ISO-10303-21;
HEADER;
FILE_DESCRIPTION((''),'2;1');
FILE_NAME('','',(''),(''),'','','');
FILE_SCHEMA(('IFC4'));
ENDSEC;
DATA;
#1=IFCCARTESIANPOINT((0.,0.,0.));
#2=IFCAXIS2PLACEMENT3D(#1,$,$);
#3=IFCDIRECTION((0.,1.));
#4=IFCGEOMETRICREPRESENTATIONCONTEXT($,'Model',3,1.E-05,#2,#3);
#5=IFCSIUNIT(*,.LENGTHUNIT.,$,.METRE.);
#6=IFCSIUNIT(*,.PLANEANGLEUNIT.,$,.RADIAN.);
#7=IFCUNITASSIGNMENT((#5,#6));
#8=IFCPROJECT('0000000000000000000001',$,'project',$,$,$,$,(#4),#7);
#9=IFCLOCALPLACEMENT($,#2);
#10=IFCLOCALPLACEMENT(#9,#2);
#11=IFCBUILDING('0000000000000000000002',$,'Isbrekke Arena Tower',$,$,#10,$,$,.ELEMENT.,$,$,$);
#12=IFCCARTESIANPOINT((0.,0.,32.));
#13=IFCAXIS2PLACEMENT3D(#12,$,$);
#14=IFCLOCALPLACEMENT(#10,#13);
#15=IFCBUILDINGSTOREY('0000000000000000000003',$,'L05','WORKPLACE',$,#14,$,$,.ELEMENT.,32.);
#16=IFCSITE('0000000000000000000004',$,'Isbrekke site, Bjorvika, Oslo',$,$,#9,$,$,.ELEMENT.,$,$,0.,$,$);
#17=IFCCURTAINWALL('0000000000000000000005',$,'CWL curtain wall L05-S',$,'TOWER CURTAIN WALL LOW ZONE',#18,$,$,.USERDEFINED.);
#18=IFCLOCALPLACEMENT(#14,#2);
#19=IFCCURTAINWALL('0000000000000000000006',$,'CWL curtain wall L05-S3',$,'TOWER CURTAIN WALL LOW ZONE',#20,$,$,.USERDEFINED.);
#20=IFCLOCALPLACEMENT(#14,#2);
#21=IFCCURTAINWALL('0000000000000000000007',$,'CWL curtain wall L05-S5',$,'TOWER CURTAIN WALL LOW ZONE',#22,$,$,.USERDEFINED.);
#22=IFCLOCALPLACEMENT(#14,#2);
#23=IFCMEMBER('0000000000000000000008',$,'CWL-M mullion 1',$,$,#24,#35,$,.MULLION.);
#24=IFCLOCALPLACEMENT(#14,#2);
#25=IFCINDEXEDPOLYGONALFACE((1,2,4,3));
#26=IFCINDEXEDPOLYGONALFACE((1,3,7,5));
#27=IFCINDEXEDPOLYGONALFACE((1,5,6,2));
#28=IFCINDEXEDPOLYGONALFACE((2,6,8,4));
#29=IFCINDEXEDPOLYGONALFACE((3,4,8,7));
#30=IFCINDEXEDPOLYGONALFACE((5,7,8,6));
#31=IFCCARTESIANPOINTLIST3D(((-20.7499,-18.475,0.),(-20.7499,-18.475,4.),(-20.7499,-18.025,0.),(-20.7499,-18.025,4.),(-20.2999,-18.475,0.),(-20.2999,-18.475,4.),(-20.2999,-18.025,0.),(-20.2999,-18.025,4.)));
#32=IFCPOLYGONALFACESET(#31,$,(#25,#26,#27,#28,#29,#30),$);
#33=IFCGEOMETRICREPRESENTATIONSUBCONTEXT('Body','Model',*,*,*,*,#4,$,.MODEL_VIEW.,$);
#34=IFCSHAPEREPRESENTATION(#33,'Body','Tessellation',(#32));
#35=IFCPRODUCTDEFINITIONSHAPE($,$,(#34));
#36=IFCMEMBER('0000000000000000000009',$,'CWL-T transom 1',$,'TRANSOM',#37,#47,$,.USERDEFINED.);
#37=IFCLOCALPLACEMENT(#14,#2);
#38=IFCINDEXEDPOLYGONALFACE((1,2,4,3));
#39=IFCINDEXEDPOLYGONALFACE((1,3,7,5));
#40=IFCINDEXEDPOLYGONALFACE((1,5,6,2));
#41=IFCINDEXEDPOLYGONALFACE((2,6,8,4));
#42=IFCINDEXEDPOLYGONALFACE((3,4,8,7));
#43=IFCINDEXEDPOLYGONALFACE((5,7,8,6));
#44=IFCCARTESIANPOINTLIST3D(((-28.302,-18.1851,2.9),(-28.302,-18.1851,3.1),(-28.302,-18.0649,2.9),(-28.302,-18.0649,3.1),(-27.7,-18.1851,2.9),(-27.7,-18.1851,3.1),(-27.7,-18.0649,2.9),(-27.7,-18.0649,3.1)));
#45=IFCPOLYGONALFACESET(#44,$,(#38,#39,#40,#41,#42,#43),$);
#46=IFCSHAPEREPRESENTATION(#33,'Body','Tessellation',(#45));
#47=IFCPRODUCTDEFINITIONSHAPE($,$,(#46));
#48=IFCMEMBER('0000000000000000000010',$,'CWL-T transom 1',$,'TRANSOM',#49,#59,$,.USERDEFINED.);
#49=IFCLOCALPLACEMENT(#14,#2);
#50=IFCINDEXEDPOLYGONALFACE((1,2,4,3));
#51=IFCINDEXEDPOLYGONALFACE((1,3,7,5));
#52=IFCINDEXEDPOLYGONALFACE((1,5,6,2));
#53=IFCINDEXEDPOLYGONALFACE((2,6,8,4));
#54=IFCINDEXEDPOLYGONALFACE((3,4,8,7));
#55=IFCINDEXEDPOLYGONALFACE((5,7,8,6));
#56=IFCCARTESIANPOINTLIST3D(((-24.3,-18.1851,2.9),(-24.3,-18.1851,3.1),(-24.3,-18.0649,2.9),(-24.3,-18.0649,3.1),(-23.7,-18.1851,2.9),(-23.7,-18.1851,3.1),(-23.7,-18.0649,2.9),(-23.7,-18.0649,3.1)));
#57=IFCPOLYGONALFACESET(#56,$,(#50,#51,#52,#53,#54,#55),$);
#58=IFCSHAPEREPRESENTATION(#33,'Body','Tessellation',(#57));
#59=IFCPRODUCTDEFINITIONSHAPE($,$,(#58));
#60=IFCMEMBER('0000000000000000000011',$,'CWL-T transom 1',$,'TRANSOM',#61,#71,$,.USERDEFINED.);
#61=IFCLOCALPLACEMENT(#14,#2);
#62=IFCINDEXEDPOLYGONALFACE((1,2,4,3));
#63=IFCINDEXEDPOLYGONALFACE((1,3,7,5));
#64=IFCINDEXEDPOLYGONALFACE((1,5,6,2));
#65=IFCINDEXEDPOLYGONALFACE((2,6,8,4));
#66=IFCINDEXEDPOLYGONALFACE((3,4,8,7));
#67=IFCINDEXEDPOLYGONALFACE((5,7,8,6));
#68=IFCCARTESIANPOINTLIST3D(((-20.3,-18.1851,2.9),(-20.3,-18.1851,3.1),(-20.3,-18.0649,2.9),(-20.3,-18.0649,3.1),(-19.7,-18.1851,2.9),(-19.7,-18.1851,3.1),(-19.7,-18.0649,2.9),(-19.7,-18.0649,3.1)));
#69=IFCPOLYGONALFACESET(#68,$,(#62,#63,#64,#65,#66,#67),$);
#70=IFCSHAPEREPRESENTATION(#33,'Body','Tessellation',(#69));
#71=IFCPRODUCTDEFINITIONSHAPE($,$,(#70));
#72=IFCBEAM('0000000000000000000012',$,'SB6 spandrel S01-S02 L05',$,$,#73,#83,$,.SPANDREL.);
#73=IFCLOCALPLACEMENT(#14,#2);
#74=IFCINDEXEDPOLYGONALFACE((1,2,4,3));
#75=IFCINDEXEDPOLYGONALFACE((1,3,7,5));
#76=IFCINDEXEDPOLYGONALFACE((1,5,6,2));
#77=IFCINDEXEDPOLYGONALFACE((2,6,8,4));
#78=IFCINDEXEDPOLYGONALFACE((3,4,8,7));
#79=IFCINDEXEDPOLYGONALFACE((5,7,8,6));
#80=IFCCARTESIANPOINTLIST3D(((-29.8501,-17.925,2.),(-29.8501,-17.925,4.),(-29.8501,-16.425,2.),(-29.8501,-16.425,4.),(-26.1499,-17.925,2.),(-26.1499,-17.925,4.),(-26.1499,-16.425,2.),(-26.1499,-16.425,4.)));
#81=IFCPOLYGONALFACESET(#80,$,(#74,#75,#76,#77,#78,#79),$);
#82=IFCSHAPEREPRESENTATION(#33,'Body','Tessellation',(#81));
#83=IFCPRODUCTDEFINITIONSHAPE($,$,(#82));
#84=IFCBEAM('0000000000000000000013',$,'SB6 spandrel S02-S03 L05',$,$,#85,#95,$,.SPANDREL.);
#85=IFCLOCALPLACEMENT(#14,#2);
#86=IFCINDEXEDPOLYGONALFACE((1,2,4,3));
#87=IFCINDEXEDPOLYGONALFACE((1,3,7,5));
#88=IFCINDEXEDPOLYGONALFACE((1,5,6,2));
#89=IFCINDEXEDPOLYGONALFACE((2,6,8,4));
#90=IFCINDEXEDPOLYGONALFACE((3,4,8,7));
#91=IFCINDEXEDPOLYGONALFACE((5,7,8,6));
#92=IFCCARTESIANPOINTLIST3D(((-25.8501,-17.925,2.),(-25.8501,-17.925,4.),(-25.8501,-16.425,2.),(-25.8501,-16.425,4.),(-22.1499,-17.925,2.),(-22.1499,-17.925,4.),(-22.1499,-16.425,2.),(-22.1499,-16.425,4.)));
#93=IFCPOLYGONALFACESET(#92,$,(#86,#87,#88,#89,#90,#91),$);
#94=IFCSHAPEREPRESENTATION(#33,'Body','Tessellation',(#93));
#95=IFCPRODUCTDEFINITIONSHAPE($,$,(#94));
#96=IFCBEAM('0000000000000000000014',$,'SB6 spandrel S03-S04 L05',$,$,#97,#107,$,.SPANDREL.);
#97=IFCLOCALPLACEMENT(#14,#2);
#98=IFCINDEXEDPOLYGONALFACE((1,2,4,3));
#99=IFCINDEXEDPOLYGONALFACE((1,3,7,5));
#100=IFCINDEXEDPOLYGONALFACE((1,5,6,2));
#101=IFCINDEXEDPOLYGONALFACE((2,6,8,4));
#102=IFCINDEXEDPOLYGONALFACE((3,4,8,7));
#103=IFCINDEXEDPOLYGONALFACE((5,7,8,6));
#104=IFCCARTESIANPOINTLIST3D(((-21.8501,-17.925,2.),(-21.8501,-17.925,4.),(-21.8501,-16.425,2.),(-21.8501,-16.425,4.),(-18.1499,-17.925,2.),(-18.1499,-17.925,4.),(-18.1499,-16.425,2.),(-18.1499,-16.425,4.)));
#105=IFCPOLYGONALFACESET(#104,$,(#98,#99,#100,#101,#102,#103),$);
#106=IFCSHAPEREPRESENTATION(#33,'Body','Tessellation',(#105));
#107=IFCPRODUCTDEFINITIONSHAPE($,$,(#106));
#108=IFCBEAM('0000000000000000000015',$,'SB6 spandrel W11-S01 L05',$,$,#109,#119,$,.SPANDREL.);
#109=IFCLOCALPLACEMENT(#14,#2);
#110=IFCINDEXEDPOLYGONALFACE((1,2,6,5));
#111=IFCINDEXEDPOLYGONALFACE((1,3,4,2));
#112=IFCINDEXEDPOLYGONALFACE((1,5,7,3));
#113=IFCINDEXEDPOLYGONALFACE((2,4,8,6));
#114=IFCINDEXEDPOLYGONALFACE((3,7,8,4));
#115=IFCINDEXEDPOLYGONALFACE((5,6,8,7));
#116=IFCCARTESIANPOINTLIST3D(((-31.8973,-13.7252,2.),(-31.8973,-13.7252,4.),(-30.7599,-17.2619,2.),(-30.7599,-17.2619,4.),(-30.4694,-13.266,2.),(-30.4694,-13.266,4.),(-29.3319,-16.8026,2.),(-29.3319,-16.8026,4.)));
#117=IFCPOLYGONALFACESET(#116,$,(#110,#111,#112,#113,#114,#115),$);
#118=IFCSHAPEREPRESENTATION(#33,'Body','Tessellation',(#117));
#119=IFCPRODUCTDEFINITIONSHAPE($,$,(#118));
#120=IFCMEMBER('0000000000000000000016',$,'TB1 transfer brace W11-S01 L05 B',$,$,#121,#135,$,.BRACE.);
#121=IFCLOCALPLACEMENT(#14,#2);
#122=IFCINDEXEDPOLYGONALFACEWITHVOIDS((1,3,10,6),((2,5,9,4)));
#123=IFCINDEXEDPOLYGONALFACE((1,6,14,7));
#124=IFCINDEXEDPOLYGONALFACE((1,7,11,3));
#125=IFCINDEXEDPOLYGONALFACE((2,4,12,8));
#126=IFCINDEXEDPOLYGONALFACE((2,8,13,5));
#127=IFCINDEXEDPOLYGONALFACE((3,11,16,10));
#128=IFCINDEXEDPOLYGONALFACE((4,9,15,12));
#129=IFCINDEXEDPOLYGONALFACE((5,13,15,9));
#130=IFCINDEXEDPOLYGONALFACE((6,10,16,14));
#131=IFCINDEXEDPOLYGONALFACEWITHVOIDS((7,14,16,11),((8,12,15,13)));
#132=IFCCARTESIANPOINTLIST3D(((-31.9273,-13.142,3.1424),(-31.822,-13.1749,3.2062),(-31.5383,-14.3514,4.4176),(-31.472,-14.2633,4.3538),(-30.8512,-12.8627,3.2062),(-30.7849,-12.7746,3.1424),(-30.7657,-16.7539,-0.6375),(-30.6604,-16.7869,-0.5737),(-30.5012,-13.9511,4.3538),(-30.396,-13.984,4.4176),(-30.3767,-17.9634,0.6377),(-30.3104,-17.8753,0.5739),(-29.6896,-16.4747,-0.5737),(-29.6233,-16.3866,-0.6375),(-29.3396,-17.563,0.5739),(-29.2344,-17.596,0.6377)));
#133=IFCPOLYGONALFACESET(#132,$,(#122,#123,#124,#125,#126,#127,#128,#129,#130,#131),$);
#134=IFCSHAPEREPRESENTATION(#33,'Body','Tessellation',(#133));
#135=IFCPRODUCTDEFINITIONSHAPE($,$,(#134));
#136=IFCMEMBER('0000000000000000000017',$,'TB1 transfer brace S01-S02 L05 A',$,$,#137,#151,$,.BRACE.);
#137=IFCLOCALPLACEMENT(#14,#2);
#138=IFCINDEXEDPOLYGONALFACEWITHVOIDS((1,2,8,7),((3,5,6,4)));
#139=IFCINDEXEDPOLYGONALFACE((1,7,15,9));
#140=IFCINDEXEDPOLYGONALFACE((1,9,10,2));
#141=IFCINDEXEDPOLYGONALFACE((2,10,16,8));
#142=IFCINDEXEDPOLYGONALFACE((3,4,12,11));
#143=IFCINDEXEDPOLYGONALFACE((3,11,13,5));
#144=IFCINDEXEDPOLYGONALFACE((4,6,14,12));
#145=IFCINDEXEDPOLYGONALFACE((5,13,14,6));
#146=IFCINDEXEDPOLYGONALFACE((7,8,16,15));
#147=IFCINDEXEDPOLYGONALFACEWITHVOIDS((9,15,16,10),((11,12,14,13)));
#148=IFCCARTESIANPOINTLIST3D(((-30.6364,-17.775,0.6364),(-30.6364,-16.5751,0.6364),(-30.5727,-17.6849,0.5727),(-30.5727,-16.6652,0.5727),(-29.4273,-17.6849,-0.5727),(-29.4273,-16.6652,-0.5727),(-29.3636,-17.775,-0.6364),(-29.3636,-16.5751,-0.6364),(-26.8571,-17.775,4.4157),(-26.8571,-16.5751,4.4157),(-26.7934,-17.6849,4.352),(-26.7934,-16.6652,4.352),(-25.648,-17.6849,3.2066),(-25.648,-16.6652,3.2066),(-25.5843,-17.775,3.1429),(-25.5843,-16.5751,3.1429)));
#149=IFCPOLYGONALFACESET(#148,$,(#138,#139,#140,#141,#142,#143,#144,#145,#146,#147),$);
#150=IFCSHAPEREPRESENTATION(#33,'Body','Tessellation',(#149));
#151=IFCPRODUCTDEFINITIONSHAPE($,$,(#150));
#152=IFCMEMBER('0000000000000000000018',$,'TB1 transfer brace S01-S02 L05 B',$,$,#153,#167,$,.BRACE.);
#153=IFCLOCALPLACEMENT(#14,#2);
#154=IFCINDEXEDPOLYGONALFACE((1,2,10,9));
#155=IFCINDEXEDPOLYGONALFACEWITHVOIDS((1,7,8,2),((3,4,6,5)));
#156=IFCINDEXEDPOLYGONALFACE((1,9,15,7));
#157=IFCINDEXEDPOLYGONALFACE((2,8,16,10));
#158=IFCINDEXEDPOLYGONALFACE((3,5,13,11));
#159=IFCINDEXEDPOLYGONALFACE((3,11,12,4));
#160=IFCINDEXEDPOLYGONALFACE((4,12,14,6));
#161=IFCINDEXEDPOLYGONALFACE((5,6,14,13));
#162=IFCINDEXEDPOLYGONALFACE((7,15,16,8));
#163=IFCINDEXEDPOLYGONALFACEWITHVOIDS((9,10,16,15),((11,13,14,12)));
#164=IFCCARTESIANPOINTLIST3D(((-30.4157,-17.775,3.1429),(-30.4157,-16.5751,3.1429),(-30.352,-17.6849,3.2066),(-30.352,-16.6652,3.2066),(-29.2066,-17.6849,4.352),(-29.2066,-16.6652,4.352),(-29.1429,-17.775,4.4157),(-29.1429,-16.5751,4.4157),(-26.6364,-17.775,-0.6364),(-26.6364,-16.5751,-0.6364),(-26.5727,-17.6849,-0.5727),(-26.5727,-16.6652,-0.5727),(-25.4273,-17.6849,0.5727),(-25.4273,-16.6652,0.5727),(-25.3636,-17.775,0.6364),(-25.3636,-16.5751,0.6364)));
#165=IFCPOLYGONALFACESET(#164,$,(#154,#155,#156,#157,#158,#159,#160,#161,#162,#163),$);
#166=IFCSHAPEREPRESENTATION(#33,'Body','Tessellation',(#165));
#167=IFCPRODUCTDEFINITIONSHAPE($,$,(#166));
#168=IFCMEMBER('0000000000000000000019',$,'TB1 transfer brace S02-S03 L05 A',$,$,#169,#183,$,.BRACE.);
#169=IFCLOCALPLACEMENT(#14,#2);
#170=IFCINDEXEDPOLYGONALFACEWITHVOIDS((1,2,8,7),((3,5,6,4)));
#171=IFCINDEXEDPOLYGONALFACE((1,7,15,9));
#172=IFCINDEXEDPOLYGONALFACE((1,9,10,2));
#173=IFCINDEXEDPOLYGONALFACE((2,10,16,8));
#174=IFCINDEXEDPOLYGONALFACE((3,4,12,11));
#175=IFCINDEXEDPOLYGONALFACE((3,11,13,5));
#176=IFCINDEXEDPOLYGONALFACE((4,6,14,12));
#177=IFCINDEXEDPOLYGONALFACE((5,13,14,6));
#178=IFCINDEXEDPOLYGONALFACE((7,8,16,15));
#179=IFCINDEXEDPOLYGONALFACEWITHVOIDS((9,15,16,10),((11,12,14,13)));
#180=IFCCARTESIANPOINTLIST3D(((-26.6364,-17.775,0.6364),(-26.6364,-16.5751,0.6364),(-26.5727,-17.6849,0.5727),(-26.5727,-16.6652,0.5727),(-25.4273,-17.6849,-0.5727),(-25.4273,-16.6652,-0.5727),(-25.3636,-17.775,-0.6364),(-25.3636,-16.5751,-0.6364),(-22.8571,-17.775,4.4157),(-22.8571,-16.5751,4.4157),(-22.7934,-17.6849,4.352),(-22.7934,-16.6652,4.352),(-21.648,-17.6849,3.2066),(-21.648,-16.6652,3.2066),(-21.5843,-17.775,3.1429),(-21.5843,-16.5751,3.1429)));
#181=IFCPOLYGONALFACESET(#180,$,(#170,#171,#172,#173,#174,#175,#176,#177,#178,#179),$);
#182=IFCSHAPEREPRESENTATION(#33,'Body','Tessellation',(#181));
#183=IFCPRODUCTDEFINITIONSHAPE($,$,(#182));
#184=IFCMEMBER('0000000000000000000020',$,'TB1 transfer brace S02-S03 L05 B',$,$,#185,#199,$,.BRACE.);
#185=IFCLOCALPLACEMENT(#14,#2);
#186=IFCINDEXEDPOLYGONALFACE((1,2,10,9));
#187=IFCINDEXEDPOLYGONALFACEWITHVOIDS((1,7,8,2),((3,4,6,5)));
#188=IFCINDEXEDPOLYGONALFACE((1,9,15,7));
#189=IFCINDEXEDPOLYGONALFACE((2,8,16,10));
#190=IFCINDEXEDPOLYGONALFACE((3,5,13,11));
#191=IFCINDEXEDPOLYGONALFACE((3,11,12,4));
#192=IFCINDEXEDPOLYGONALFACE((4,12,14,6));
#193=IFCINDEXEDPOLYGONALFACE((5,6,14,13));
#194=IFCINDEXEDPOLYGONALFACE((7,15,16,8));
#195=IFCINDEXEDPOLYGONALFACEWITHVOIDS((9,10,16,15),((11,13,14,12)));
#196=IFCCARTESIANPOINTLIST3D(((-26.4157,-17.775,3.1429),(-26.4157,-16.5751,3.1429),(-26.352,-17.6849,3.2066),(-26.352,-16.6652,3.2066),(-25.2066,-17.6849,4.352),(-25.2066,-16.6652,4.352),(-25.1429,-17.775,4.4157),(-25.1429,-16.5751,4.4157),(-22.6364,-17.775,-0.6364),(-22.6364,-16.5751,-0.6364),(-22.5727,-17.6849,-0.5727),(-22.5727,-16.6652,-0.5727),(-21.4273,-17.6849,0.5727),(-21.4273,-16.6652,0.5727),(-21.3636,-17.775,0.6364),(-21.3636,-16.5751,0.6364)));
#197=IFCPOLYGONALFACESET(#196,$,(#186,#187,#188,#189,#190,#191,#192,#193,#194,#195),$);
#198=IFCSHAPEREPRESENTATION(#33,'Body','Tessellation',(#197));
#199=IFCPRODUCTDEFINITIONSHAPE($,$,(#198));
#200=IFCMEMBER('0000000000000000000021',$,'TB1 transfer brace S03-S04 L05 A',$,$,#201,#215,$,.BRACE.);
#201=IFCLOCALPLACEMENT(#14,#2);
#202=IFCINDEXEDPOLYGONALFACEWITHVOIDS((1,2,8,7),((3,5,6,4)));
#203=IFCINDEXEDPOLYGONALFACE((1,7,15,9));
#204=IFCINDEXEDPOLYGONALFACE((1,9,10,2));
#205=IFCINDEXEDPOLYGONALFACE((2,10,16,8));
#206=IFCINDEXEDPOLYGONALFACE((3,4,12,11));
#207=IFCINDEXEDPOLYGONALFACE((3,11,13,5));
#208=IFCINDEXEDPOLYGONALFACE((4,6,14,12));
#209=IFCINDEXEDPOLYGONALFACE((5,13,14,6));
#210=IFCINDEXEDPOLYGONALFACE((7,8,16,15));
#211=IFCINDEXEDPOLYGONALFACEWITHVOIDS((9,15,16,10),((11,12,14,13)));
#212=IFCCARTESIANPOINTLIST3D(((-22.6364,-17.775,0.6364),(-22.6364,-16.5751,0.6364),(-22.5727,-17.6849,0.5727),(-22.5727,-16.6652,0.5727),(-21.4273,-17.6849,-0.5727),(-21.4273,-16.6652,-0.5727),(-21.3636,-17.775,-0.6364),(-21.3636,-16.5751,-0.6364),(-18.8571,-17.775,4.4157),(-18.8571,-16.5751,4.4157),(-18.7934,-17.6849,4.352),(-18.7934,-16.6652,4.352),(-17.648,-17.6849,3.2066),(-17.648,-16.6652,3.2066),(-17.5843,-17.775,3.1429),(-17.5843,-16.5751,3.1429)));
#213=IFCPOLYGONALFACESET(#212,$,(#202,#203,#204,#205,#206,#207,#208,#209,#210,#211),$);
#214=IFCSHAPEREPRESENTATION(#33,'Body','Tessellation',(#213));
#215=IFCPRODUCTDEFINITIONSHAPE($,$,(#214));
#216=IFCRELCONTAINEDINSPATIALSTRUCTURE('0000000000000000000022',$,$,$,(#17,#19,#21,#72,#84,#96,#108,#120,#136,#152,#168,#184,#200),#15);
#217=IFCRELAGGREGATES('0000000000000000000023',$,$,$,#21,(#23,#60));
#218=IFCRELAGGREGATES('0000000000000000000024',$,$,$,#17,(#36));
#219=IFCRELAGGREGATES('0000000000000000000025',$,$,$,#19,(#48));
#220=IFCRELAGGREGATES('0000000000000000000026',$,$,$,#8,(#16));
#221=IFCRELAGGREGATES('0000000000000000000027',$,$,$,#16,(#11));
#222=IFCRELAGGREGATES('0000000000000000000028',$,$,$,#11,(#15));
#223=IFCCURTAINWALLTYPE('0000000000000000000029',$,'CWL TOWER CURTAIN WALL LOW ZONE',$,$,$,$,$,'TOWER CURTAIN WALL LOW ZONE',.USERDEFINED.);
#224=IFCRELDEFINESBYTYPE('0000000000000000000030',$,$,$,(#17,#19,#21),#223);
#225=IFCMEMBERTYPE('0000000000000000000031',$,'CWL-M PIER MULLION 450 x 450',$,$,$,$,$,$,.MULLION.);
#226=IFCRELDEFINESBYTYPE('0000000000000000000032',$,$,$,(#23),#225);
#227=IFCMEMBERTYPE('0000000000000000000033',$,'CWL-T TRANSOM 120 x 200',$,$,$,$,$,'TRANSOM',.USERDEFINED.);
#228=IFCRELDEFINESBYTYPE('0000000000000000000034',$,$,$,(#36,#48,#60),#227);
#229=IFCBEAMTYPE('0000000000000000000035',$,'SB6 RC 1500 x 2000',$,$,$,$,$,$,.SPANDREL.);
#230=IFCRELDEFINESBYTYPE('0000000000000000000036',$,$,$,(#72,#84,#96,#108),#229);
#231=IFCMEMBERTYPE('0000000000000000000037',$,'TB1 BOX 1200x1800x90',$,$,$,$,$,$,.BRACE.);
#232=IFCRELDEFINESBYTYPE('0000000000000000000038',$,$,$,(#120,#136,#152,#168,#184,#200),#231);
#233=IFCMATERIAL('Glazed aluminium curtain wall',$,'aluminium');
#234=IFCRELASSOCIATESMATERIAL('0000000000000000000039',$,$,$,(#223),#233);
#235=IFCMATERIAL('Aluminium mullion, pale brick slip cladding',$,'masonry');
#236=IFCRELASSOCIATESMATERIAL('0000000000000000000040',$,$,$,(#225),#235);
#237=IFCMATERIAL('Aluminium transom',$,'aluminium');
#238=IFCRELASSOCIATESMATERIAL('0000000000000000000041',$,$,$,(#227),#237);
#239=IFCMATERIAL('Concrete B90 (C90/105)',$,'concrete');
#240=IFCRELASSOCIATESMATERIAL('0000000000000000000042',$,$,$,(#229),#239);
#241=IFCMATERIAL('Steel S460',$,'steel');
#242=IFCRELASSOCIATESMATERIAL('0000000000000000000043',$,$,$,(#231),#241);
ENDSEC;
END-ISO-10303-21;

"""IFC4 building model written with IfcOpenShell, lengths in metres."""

from ifc_helpers import new_model, si_unit, direction, frame, origin, origin_2d, place, context, subcontext, project, spatial, rectangle, hollow_rectangle, extrude, material, material_profile, profile_set, type_object, element, aggregate, save


model = new_model("IFC4")

# Units and contexts
model_context = context("Model", 3, precision=1e-05, world=origin(), true_north=direction((0.0, 1.0)))
body_context = subcontext(model_context, "Body", "Model", "MODEL_VIEW")
ifc_project = project(units=[si_unit("LENGTHUNIT", "METRE"), si_unit("PLANEANGLEUNIT", "RADIAN")], contexts=[model_context])

# Site, building, storey
site_placement = place(None, origin())
site = spatial("IfcSite", under=ifc_project, at=site_placement, Name="Isbrekke site, Bjorvika, Oslo", CompositionType="ELEMENT", RefElevation=0.0)
building_placement = place(site_placement, origin())
building = spatial("IfcBuilding", under=site, at=building_placement, Name="Isbrekke Arena Tower", CompositionType="ELEMENT")
storey_placement = place(building_placement, frame((0.0, 0.0, 32.0)))
storey = spatial("IfcBuildingStorey", under=building, at=storey_placement, Name="L05", Description="WORKPLACE", CompositionType="ELEMENT", Elevation=32.0)

# Curtain walls
ifc_material_1 = material(Name="Glazed aluminium curtain wall", Category="aluminium")
curtain_wall_type = type_object("IfcCurtainWallType", Name="CWL TOWER CURTAIN WALL LOW ZONE", ElementType="TOWER CURTAIN WALL LOW ZONE", PredefinedType="USERDEFINED", material=ifc_material_1)
curtain_wall_1_placement = place(storey_placement, origin())
curtain_wall_1 = element("IfcCurtainWall", 1, at=curtain_wall_1_placement, inside=storey, type_object=curtain_wall_type, Name="CWL curtain wall L05-S", ObjectType="TOWER CURTAIN WALL LOW ZONE", PredefinedType="USERDEFINED")
ifc_material_2 = material(Name="Aluminium mullion, pale brick slip cladding", Category="masonry")
ifc_material_profile_1 = material_profile(ifc_material_2, rectangle(XDim=0.45, YDim=0.45, at=origin_2d()), Name="PIER 450X450")
ifc_profile_set_1 = profile_set([ifc_material_profile_1], Name="Aluminium mullion, pale brick slip cladding")
member_type_1 = type_object("IfcMemberType", Name="CWL-M PIER MULLION 450 x 450", PredefinedType="MULLION", material=ifc_profile_set_1)
curtain_wall_2_placement = place(storey_placement, origin())
curtain_wall_2 = element("IfcCurtainWall", 2, at=curtain_wall_2_placement, inside=storey, type_object=curtain_wall_type, Name="CWL curtain wall L05-S3", ObjectType="TOWER CURTAIN WALL LOW ZONE", PredefinedType="USERDEFINED")

# Curtain wall, member
curtain_wall_3_placement = place(storey_placement, origin())
curtain_wall_3 = element("IfcCurtainWall", 3, at=curtain_wall_3_placement, inside=storey, type_object=curtain_wall_type, Name="CWL curtain wall L05-S5", ObjectType="TOWER CURTAIN WALL LOW ZONE", PredefinedType="USERDEFINED")
member_1_placement = place(storey_placement, frame((-20.5249, -18.25, 0.0), z_axis=(0.0, 0.0, 1.0), x_axis=(1.0, 0.0, 0.0)))
member_1 = element("IfcMember", 4, at=member_1_placement, type_object=member_type_1, Name="CWL-M mullion 1", PredefinedType="MULLION", context=body_context, shape_type="SweptSolid", body=[
    extrude(rectangle(XDim=0.45, YDim=0.45, at=origin_2d()), origin(), (0.0, 0.0, 1.0), 4.0),
])

# Members
ifc_material_3 = material(Name="Aluminium transom", Category="aluminium")
ifc_material_profile_2 = material_profile(ifc_material_3, rectangle(XDim=0.1201, YDim=0.2, at=origin_2d()), Name="TRANSOM 120X200")
ifc_profile_set_2 = profile_set([ifc_material_profile_2], Name="Aluminium transom")
member_type_2 = type_object("IfcMemberType", Name="CWL-T TRANSOM 120 x 200", ElementType="TRANSOM", PredefinedType="USERDEFINED", material=ifc_profile_set_2)
member_2_placement = place(storey_placement, frame((-28.302, -18.125, 3.0), z_axis=(1.0, 0.0, 0.0), x_axis=(0.0, 1.0, 0.0)))
member_2 = element("IfcMember", 5, at=member_2_placement, type_object=member_type_2, Name="CWL-T transom 1", ObjectType="TRANSOM", PredefinedType="USERDEFINED", context=body_context, shape_type="SweptSolid", body=[
    extrude(rectangle(XDim=0.1201, YDim=0.2, at=origin_2d()), origin(), (0.0, 0.0, 1.0), 0.6021),
])
member_3_placement = place(storey_placement, frame((-24.3, -18.125, 3.0), z_axis=(1.0, 0.0, 0.0), x_axis=(0.0, 1.0, 0.0)))
member_3 = element("IfcMember", 6, at=member_3_placement, type_object=member_type_2, Name="CWL-T transom 1", ObjectType="TRANSOM", PredefinedType="USERDEFINED", context=body_context, shape_type="SweptSolid", body=[
    extrude(rectangle(XDim=0.1201, YDim=0.2, at=origin_2d()), origin(), (0.0, 0.0, 1.0), 0.6001),
])
member_4_placement = place(storey_placement, frame((-20.3, -18.125, 3.0), z_axis=(1.0, 0.0, 0.0), x_axis=(0.0, 1.0, 0.0)))
member_4 = element("IfcMember", 7, at=member_4_placement, type_object=member_type_2, Name="CWL-T transom 1", ObjectType="TRANSOM", PredefinedType="USERDEFINED", context=body_context, shape_type="SweptSolid", body=[
    extrude(rectangle(XDim=0.1201, YDim=0.2, at=origin_2d()), origin(), (0.0, 0.0, 1.0), 0.6001),
])
aggregate(curtain_wall_3, [member_1, member_4])

# Beams
ifc_material_4 = material(Name="Concrete B90 (C90/105)", Category="concrete")
ifc_material_profile_3 = material_profile(ifc_material_4, rectangle(XDim=1.5, YDim=2.0, at=origin_2d()), Name="RC 1500x2000")
ifc_profile_set_3 = profile_set([ifc_material_profile_3], Name="Concrete B90 (C90/105)")
beam_type_1 = type_object("IfcBeamType", Name="SB6 RC 1500 x 2000", PredefinedType="SPANDREL", material=ifc_profile_set_3)
for number, where, z_axis, x_axis, name in (
    (8, (-29.8501, -17.175, 3.0), (1.0, 0.0, 0.0), (0.0, 1.0, 0.0), "SB6 spandrel S01-S02 L05"),
    (9, (-25.8501, -17.175, 3.0), (1.0, 0.0, 0.0), (0.0, 1.0, 0.0), "SB6 spandrel S02-S03 L05"),
    (10, (-21.8501, -17.175, 3.0), (1.0, 0.0, 0.0), (0.0, 1.0, 0.0), "SB6 spandrel S03-S04 L05"),
):
    element("IfcBeam", number, at=place(storey_placement, frame(where, z_axis=z_axis, x_axis=x_axis)), inside=storey, type_object=beam_type_1, Name=name, PredefinedType="SPANDREL", context=body_context, shape_type="SweptSolid", body=[
        extrude(rectangle(XDim=1.5, YDim=2.0, at=origin_2d()), origin(), (0.0, 0.0, 1.0), 3.7002),
    ])
beam_placement = place(storey_placement, frame((-31.1833, -13.4956, 3.0), z_axis=(0.306175, -0.951975, 0.0), x_axis=(0.951975, 0.306175, 0.0)))
element("IfcBeam", 11, at=beam_placement, inside=storey, type_object=beam_type_1, Name="SB6 spandrel W11-S01 L05", PredefinedType="SPANDREL", context=body_context, shape_type="SweptSolid", body=[
    extrude(rectangle(XDim=1.5, YDim=2.0, at=origin_2d()), origin(), (0.0, 0.0, 1.0), 3.7151),
])

# Members
ifc_material_5 = material(Name="Steel S460", Category="steel")
ifc_material_profile_4 = material_profile(ifc_material_5, hollow_rectangle(XDim=1.2, YDim=1.8, WallThickness=0.0901, at=origin_2d()), Name="BOX 1200x1800x90")
ifc_profile_set_4 = profile_set([ifc_material_profile_4], Name="Steel S460")
member_type_3 = type_object("IfcMemberType", Name="TB1 BOX 1200x1800x90", PredefinedType="BRACE", material=ifc_profile_set_4)
member_5_placement = place(storey_placement, frame((-31.1616, -13.563, 3.78), z_axis=(0.216889, -0.674416, -0.705778), x_axis=(0.951982, 0.306153, 0.0)))
element("IfcMember", 12, at=member_5_placement, inside=storey, type_object=member_type_3, Name="TB1 transfer brace W11-S01 L05 B", PredefinedType="BRACE", context=body_context, shape_type="SweptSolid", body=[
    extrude(hollow_rectangle(XDim=1.2, YDim=1.8, WallThickness=0.0901, at=origin_2d()), origin(), (0.0, 0.0, 1.0), 5.3557),
])
for number, where, z_axis, x_axis, name in (
    (13, (-30.0, -17.175, 0.0), (0.707107, 0.0, 0.707107), (0.0, 1.0, 0.0), "TB1 transfer brace S01-S02 L05 A"),
    (14, (-29.7793, -17.175, 3.7793), (0.707107, 0.0, -0.707107), (0.0, 1.0, 0.0), "TB1 transfer brace S01-S02 L05 B"),
    (15, (-26.0, -17.175, 0.0), (0.707107, 0.0, 0.707107), (0.0, 1.0, 0.0), "TB1 transfer brace S02-S03 L05 A"),
    (16, (-25.7793, -17.175, 3.7793), (0.707107, 0.0, -0.707107), (0.0, 1.0, 0.0), "TB1 transfer brace S02-S03 L05 B"),
    (17, (-22.0, -17.175, 0.0), (0.707107, 0.0, 0.707107), (0.0, 1.0, 0.0), "TB1 transfer brace S03-S04 L05 A"),
):
    element("IfcMember", number, at=place(storey_placement, frame(where, z_axis=z_axis, x_axis=x_axis)), inside=storey, type_object=member_type_3, Name=name, PredefinedType="BRACE", context=body_context, shape_type="SweptSolid", body=[
        extrude(hollow_rectangle(XDim=1.2, YDim=1.8, WallThickness=0.0901, at=origin_2d()), origin(), (0.0, 0.0, 1.0), 5.3447),
    ])

aggregate(curtain_wall_1, [member_2])
aggregate(curtain_wall_2, [member_3])

save(model, "model.ifc")
